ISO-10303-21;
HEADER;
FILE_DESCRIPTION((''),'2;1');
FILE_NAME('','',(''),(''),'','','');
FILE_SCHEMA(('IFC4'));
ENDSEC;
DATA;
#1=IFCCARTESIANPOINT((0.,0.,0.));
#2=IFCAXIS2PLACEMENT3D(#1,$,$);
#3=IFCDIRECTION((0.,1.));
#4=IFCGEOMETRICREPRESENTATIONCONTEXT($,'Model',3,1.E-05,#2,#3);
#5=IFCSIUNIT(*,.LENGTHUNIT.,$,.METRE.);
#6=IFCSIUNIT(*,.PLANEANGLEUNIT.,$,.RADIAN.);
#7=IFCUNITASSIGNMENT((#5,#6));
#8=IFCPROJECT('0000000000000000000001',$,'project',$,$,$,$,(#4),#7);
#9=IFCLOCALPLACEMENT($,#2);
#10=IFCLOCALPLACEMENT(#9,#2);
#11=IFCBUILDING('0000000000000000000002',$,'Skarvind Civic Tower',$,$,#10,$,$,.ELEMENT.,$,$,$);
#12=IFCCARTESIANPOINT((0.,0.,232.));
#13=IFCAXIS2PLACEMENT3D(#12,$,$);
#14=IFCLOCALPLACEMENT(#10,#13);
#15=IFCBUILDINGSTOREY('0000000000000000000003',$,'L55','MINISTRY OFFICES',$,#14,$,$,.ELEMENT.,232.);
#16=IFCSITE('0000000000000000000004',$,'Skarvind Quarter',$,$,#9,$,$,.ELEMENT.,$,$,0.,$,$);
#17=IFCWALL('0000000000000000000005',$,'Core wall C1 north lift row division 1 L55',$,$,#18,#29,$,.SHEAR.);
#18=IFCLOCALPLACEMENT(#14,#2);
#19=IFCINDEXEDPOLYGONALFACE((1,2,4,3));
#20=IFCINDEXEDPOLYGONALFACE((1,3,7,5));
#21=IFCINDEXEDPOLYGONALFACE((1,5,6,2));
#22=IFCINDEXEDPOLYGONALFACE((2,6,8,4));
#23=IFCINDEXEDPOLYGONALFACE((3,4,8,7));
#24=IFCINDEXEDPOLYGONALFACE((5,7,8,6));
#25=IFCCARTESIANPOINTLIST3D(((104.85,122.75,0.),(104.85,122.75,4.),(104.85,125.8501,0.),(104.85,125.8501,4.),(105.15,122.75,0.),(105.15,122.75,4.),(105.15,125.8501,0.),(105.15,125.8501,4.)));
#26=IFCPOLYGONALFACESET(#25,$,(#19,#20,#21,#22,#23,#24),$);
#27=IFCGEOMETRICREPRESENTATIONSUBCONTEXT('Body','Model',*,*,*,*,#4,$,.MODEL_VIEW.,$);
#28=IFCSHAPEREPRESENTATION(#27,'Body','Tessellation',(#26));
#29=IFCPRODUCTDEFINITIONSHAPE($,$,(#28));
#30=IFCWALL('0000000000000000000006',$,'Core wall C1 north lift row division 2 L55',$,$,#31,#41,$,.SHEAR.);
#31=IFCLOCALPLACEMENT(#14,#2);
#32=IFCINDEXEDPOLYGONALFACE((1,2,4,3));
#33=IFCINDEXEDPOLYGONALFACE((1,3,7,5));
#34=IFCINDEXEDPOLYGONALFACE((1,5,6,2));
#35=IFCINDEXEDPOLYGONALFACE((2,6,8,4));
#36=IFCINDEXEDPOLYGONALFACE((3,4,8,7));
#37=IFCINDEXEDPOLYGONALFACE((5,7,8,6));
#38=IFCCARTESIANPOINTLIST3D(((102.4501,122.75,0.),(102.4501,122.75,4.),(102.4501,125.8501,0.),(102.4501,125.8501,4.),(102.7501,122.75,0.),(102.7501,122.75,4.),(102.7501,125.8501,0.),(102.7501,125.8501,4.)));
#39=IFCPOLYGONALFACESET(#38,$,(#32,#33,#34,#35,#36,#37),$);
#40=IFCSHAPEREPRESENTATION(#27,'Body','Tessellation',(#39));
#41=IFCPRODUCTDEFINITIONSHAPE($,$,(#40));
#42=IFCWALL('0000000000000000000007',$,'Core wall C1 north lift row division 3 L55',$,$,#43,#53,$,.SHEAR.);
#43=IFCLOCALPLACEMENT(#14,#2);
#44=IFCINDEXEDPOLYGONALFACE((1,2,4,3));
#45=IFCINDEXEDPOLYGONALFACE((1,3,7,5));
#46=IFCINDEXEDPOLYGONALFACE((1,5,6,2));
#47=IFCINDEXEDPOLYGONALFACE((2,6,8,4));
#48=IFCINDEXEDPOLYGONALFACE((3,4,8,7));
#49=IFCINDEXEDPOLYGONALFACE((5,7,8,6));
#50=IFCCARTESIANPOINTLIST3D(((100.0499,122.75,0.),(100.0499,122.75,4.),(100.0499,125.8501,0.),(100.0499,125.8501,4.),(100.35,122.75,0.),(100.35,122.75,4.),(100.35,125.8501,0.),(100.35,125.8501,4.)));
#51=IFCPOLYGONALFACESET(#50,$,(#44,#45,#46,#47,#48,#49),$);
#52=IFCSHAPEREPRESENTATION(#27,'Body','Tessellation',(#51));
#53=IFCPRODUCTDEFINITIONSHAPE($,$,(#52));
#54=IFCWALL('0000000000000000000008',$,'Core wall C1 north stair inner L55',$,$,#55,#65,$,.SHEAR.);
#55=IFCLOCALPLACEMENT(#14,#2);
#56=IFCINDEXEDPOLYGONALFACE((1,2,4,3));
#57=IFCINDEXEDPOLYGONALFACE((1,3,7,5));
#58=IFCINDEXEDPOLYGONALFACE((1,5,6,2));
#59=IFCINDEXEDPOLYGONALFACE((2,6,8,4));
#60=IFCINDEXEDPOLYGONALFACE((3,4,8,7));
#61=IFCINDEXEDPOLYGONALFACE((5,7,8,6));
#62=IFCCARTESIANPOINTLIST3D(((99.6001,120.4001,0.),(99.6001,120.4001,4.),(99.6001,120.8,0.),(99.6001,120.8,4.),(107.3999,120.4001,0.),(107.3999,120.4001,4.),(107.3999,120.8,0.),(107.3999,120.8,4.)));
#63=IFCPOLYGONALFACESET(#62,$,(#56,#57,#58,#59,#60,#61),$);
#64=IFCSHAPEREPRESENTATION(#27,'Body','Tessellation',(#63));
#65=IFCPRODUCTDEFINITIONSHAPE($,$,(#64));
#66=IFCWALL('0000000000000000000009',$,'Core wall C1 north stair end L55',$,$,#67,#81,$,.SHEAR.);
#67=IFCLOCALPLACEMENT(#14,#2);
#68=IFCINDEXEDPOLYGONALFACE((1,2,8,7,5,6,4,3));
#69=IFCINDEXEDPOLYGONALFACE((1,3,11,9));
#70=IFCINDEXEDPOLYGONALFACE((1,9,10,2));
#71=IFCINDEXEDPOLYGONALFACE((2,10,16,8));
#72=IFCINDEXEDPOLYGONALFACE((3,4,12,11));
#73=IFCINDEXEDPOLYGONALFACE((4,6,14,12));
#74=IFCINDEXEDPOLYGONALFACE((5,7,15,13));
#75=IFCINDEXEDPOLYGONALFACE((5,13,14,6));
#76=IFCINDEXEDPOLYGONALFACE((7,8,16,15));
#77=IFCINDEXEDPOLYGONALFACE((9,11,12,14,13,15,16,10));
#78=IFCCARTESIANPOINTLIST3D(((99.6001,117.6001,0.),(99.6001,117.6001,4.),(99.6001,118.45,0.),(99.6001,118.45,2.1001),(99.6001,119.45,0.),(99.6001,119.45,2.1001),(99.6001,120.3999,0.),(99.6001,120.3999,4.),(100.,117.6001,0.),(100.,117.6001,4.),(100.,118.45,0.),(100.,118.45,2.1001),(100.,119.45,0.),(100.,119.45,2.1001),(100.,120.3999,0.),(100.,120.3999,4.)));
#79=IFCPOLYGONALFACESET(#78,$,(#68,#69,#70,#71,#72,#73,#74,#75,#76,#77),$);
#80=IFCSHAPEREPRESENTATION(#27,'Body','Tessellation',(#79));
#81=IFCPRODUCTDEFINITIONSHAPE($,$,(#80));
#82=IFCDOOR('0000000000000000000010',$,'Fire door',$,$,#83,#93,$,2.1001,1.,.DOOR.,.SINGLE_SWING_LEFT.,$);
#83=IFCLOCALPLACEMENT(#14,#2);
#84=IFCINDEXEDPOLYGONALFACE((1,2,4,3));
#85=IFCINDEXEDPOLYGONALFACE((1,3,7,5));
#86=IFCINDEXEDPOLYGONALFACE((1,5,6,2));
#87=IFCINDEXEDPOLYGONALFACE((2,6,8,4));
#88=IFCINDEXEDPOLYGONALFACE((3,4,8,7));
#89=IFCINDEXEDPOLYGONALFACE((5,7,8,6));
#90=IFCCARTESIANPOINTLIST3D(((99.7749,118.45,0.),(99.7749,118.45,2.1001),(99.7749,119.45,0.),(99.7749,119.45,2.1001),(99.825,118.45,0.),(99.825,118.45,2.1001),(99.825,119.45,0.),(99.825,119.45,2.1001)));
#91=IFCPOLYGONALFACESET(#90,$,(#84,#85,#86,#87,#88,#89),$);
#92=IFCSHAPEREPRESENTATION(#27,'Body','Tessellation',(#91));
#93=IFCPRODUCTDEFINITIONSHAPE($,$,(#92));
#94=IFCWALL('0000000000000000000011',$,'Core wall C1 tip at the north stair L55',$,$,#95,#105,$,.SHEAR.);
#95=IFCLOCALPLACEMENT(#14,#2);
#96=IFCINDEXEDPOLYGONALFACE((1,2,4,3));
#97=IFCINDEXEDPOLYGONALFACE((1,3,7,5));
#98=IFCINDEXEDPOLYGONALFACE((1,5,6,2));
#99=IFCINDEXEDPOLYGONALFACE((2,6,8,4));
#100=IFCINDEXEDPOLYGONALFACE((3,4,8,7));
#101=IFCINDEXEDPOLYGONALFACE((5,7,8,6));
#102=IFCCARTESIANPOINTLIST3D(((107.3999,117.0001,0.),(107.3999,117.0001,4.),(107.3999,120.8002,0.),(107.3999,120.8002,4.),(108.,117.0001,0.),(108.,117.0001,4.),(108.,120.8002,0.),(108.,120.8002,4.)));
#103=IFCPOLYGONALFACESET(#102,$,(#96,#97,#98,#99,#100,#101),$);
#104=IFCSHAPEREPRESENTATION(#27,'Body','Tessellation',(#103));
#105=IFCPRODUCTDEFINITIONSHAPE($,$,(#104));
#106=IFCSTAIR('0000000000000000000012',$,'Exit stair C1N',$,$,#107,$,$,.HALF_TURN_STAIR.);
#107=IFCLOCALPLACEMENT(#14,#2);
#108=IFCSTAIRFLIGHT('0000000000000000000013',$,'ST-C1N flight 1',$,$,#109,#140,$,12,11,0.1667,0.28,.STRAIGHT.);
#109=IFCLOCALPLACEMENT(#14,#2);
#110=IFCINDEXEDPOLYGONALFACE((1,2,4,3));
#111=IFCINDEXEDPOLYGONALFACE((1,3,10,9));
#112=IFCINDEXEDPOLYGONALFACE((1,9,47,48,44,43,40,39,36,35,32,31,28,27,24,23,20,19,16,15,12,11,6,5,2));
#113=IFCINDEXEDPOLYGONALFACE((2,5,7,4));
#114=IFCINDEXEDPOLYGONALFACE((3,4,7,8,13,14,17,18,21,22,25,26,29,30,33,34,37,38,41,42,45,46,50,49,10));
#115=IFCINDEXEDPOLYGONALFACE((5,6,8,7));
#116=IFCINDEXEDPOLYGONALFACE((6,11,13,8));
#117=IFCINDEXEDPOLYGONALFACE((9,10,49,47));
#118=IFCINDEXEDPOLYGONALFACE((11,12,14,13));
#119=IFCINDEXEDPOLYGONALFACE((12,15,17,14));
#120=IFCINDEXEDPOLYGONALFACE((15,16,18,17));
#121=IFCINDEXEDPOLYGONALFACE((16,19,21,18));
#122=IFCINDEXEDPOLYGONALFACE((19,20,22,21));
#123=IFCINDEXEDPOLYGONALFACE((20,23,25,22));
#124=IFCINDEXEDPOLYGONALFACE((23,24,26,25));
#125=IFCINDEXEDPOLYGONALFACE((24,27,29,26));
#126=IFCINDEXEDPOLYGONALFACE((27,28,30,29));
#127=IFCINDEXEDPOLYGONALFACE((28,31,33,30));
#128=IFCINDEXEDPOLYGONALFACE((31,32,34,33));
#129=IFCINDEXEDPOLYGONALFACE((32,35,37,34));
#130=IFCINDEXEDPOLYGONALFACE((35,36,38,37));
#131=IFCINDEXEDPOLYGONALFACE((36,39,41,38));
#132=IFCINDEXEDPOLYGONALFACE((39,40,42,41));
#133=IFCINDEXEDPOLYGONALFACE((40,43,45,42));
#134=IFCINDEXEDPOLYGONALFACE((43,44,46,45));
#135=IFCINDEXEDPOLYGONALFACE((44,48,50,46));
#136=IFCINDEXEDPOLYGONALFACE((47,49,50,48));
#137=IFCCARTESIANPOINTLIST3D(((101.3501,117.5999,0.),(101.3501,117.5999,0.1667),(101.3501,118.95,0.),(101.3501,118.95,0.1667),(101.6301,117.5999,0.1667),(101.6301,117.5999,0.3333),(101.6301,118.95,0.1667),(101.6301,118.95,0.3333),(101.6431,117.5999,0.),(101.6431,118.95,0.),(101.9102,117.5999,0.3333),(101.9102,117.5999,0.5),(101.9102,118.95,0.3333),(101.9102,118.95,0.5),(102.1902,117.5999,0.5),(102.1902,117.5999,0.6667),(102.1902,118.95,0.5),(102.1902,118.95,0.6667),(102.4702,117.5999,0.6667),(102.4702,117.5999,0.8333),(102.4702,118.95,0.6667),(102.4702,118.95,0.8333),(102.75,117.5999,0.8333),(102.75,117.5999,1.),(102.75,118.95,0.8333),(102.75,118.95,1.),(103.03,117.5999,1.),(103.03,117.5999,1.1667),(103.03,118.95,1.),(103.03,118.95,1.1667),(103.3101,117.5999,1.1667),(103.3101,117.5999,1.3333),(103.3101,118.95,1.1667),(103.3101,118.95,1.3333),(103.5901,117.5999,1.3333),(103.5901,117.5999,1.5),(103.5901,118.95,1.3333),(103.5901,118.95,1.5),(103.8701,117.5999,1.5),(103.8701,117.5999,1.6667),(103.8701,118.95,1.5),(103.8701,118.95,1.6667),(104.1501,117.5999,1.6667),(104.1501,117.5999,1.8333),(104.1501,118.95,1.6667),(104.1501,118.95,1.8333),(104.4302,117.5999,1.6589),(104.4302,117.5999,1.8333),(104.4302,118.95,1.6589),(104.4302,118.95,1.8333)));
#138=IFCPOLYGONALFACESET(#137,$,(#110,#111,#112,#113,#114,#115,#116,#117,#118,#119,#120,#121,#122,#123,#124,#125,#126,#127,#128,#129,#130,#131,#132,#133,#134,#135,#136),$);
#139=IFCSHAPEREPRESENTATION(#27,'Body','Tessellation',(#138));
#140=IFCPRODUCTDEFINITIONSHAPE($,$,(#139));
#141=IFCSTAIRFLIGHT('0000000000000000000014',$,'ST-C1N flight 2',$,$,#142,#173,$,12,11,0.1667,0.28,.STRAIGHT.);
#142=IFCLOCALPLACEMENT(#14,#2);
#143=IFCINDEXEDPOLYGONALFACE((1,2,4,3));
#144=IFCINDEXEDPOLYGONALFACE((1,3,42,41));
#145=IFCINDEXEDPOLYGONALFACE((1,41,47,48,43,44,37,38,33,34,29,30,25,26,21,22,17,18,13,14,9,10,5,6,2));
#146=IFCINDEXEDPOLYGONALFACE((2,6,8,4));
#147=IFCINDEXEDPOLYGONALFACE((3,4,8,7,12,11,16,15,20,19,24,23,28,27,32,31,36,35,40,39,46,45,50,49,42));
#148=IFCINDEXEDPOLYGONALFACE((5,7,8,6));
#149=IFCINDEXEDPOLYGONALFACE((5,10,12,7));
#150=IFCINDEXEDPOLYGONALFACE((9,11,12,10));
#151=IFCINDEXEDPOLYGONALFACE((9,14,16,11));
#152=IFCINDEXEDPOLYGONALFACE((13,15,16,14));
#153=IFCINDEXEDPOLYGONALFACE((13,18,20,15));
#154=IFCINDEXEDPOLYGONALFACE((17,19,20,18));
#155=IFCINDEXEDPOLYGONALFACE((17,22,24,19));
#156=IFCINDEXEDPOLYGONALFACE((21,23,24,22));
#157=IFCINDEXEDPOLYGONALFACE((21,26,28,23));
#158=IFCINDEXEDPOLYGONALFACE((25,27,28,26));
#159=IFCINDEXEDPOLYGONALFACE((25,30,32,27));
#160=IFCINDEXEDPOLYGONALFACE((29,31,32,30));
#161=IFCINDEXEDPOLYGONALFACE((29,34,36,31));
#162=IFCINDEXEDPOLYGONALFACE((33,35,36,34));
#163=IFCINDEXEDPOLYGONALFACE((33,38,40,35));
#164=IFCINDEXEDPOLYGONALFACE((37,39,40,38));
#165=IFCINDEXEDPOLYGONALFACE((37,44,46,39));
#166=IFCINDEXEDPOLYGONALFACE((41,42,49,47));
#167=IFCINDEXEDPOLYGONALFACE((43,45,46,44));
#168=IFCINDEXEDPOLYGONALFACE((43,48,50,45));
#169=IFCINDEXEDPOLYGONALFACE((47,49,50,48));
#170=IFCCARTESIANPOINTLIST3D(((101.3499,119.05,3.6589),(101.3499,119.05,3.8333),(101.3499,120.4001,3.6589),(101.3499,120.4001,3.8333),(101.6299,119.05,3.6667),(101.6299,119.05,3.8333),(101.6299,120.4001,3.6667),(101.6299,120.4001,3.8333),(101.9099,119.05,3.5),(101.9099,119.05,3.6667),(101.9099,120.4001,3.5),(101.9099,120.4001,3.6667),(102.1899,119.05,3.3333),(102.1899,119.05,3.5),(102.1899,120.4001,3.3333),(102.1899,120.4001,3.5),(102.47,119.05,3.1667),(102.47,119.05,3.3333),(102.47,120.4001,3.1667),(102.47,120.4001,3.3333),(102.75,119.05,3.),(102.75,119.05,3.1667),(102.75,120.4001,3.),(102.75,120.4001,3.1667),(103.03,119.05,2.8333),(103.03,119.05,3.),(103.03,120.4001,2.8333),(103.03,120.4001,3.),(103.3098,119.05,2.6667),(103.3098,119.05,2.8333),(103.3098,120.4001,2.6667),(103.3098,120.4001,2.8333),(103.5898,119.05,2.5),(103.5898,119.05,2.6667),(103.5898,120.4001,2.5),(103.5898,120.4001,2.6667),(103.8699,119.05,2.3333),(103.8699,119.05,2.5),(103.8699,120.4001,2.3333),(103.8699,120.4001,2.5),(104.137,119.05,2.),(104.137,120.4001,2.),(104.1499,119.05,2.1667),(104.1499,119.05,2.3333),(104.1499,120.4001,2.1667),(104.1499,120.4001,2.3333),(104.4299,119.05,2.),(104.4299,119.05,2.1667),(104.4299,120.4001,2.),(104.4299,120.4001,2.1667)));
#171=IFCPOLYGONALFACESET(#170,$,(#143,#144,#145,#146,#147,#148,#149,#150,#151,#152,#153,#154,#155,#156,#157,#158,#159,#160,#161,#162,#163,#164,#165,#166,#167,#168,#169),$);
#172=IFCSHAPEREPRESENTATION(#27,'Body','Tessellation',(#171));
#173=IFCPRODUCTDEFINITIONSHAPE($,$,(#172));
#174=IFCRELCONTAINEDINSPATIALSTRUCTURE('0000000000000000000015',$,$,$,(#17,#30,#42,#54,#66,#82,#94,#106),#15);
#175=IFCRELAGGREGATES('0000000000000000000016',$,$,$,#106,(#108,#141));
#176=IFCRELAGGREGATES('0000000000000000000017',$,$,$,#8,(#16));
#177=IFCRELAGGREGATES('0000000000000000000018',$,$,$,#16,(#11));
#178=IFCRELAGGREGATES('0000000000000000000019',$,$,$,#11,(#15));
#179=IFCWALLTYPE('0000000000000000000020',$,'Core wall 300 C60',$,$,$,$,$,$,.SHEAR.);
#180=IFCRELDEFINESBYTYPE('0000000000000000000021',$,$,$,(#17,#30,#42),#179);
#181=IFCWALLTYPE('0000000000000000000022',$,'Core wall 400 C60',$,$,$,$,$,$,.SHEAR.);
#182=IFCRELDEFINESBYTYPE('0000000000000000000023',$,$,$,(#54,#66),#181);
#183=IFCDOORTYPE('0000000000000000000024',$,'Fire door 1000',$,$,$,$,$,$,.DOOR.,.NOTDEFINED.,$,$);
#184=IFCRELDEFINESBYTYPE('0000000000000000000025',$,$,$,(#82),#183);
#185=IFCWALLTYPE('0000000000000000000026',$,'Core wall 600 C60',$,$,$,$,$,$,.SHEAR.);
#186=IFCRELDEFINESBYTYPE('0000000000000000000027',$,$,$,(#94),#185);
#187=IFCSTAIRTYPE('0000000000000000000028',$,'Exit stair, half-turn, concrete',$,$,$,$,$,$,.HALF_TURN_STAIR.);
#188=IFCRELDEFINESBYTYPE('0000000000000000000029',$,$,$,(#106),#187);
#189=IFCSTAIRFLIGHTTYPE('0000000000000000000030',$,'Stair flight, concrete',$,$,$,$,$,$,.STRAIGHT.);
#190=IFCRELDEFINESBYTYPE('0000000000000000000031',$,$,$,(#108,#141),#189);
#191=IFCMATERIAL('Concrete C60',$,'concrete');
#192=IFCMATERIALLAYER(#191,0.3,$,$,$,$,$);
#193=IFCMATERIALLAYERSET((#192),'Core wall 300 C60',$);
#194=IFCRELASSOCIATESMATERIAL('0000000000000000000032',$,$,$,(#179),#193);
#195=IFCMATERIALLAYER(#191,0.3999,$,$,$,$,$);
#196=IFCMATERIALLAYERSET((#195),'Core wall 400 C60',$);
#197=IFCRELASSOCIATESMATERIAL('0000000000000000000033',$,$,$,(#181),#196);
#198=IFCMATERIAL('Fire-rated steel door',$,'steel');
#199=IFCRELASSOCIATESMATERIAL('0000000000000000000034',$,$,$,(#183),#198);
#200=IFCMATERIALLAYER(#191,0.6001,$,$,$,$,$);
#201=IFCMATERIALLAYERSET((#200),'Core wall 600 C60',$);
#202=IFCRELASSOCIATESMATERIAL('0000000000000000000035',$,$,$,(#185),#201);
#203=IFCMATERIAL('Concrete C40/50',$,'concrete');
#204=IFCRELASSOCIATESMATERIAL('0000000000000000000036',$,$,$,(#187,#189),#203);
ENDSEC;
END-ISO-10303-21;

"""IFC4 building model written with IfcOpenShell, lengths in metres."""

from ifc_helpers import new_model, si_unit, direction, frame, frame_2d, origin, place, context, subcontext, project, spatial, polyline, rectangle, outline, extrude, material, layer, layer_set, type_object, element, fill, aggregate, save


model = new_model("IFC4")

# Units and contexts
model_context = context("Model", 3, precision=1e-05, world=origin(), true_north=direction((0.0, 1.0)))
body_context = subcontext(model_context, "Body", "Model", "MODEL_VIEW")
ifc_project = project(units=[si_unit("LENGTHUNIT", "METRE"), si_unit("PLANEANGLEUNIT", "RADIAN")], contexts=[model_context])

# Site, building, storey
site_placement = place(None, origin())
site = spatial("IfcSite", under=ifc_project, at=site_placement, Name="Skarvind Quarter", CompositionType="ELEMENT", RefElevation=0.0)
building_placement = place(site_placement, origin())
building = spatial("IfcBuilding", under=site, at=building_placement, Name="Skarvind Civic Tower", CompositionType="ELEMENT")
storey_placement = place(building_placement, frame((0.0, 0.0, 232.0)))
storey = spatial("IfcBuildingStorey", under=building, at=storey_placement, Name="L55", Description="MINISTRY OFFICES", CompositionType="ELEMENT", Elevation=232.0)

# Shared definitions
ifc_material_1 = material(Name="Concrete C60", Category="concrete")
ifc_layer_1 = layer(ifc_material_1, 0.3)
ifc_layer_set_1 = layer_set([ifc_layer_1], Name="Core wall 300 C60")
wall_type_1 = type_object("IfcWallType", Name="Core wall 300 C60", PredefinedType="SHEAR", material=ifc_layer_set_1)
ifc_material_2 = material(Name="Fire-rated steel door", Category="steel")

# Walls
for number, where, z_axis, x_axis, name in (
    (1, (105.0, 125.8501, 0.0), (0.0, 0.0, 1.0), (0.0, -1.0, 0.0), "Core wall C1 north lift row division 1 L55"),
    (2, (102.6001, 125.8501, 0.0), (0.0, 0.0, 1.0), (0.0, -1.0, 0.0), "Core wall C1 north lift row division 2 L55"),
    (3, (100.2, 125.8501, 0.0), (0.0, 0.0, 1.0), (0.0, -1.0, 0.0), "Core wall C1 north lift row division 3 L55"),
):
    element("IfcWall", number, at=place(storey_placement, frame(where, z_axis=z_axis, x_axis=x_axis)), inside=storey, type_object=wall_type_1, Name=name, PredefinedType="SHEAR", context=body_context, shape_type="SweptSolid", body=[
        extrude(rectangle(XDim=3.1001, YDim=0.3, at=frame_2d((1.55, 0.0))), origin(), (0.0, 0.0, 1.0), 4.0),
    ])
ifc_layer_2 = layer(ifc_material_1, 0.3999)
ifc_layer_set_2 = layer_set([ifc_layer_2], Name="Core wall 400 C60")
wall_type_2 = type_object("IfcWallType", Name="Core wall 400 C60", PredefinedType="SHEAR", material=ifc_layer_set_2)
wall_1_placement = place(storey_placement, frame((107.3999, 120.6001, 0.0), z_axis=(0.0, 0.0, 1.0), x_axis=(-1.0, 0.0, 0.0)))
element("IfcWall", 4, at=wall_1_placement, inside=storey, type_object=wall_type_2, Name="Core wall C1 north stair inner L55", PredefinedType="SHEAR", context=body_context, shape_type="SweptSolid", body=[
    extrude(rectangle(XDim=7.7998, YDim=0.3999, at=frame_2d((3.8999, 0.0))), origin(), (0.0, 0.0, 1.0), 4.0),
])

# Wall, opening, door
wall_2_placement = place(storey_placement, frame((99.8, 120.3999, 0.0), z_axis=(0.0, 0.0, 1.0), x_axis=(0.0, -1.0, 0.0)))
wall_2 = element("IfcWall", 5, at=wall_2_placement, inside=storey, type_object=wall_type_2, Name="Core wall C1 north stair end L55", PredefinedType="SHEAR", context=body_context, shape_type="SweptSolid", body=[
    extrude(rectangle(XDim=2.7998, YDim=0.3999, at=frame_2d((1.3999, 0.0))), origin(), (0.0, 0.0, 1.0), 4.0),
])
opening_1_placement = place(wall_2_placement, frame((0.95, 0.0, 0.0)))
opening_1 = element("IfcOpeningElement", 6, at=opening_1_placement, cuts=wall_2, PredefinedType="OPENING", context=body_context, shape_type="SweptSolid", body=[
    extrude(rectangle(XDim=1.0, YDim=2.1001, at=frame_2d((0.5, 1.05))), frame((0.0, 0.21, 0.0), z_axis=(0.0, -1.0, 0.0), x_axis=(1.0, 0.0, 0.0)), (0.0, 0.0, 1.0), 0.4199),
])
door_type_1 = type_object("IfcDoorType", Name="Fire door 1000", OperationType="NOTDEFINED", PredefinedType="DOOR", material=ifc_material_2)
door_1_placement = place(opening_1_placement, origin())
door_1 = element("IfcDoor", 7, at=door_1_placement, inside=storey, type_object=door_type_1, Name="Fire door", OperationType="SINGLE_SWING_LEFT", OverallHeight=2.1001, OverallWidth=1.0, PredefinedType="DOOR", context=body_context, shape_type="SweptSolid", body=[
    extrude(rectangle(XDim=1.0, YDim=2.1001, at=frame_2d((0.5, 1.05))), frame((0.0, 0.0249, 0.0), z_axis=(0.0, -1.0, 0.0), x_axis=(1.0, 0.0, 0.0)), (0.0, 0.0, 1.0), 0.05),
])
fill(opening_1, door_1)

# Wall
ifc_layer_3 = layer(ifc_material_1, 0.6001)
ifc_layer_set_3 = layer_set([ifc_layer_3], Name="Core wall 600 C60")
wall_type_3 = type_object("IfcWallType", Name="Core wall 600 C60", PredefinedType="SHEAR", material=ifc_layer_set_3)
wall_3_placement = place(storey_placement, frame((107.7, 120.8, 0.0), z_axis=(0.0, 0.0, 1.0), x_axis=(0.0, -1.0, 0.0)))
element("IfcWall", 8, at=wall_3_placement, inside=storey, type_object=wall_type_3, Name="Core wall C1 tip at the north stair L55", PredefinedType="SHEAR", context=body_context, shape_type="SweptSolid", body=[
    extrude(rectangle(XDim=3.8, YDim=0.6001, at=frame_2d((1.8999, 0.0))), origin(), (0.0, 0.0, 1.0), 4.0),
])

# Stair, stair flights
ifc_material_3 = material(Name="Concrete C40/50", Category="concrete")
stair_type = type_object("IfcStairType", Name="Exit stair, half-turn, concrete", PredefinedType="HALF_TURN_STAIR", material=ifc_material_3)
stair_placement = place(storey_placement, origin())
stair = element("IfcStair", 9, at=stair_placement, inside=storey, type_object=stair_type, Name="Exit stair C1N", PredefinedType="HALF_TURN_STAIR")
stair_flight_type = type_object("IfcStairFlightType", Name="Stair flight, concrete", PredefinedType="STRAIGHT", material=ifc_material_3)
stair_flight_1_placement = place(storey_placement, frame((101.3501, 118.2749, 0.0), z_axis=(0.0, 0.0, 1.0), x_axis=(1.0, 0.0, 0.0)))
stair_flight_1 = element("IfcStairFlight", 10, at=stair_flight_1_placement, type_object=stair_flight_type, Name="ST-C1N flight 1", NumberOfRisers=12, NumberOfTreads=11, PredefinedType="STRAIGHT", RiserHeight=0.1667, TreadLength=0.28, context=body_context, shape_type="SweptSolid", body=[
    extrude(outline(polyline([(0.0, 0.0), (0.0, 0.1667), (0.28, 0.1667), (0.28, 0.3333), (0.5601, 0.3333), (0.5601, 0.5), (0.8401, 0.5), (0.8401, 0.6667), (1.1201, 0.6667), (1.1201, 0.8333), (1.3999, 0.8333), (1.3999, 1.0), (1.6799, 1.0), (1.6799, 1.1667), (1.96, 1.1667), (1.96, 1.3333), (2.24, 1.3333), (2.24, 1.5), (2.52, 1.5), (2.52, 1.6667), (2.8, 1.6667), (2.8, 1.8333), (3.0801, 1.8333), (3.0801, 2.0), (3.0801, 1.6589), (0.293, 0.0), (0.0, 0.0)])), frame((0.0, 0.675, 0.0), z_axis=(0.0, -1.0, 0.0), x_axis=(1.0, 0.0, 0.0)), (0.0, 0.0, 1.0), 1.3501),
])
stair_flight_2_placement = place(storey_placement, frame((104.4299, 119.7251, 2.0), z_axis=(0.0, 0.0, 1.0), x_axis=(-1.0, 0.0, 0.0)))
stair_flight_2 = element("IfcStairFlight", 11, at=stair_flight_2_placement, type_object=stair_flight_type, Name="ST-C1N flight 2", NumberOfRisers=12, NumberOfTreads=11, PredefinedType="STRAIGHT", RiserHeight=0.1667, TreadLength=0.28, context=body_context, shape_type="SweptSolid", body=[
    extrude(outline(polyline([(0.0, 0.0), (0.0, 0.1667), (0.28, 0.1667), (0.28, 0.3333), (0.5601, 0.3333), (0.5601, 0.5), (0.8401, 0.5), (0.8401, 0.6667), (1.1201, 0.6667), (1.1201, 0.8333), (1.3999, 0.8333), (1.3999, 1.0), (1.6799, 1.0), (1.6799, 1.1667), (1.96, 1.1667), (1.96, 1.3333), (2.24, 1.3333), (2.24, 1.5), (2.52, 1.5), (2.52, 1.6667), (2.8, 1.6667), (2.8, 1.8333), (3.0801, 1.8333), (3.0801, 2.0), (3.0801, 1.6589), (0.293, 0.0), (0.0, 0.0)])), frame((0.0, 0.675, 0.0), z_axis=(0.0, -1.0, 0.0), x_axis=(1.0, 0.0, 0.0)), (0.0, 0.0, 1.0), 1.3501),
])
aggregate(stair, [stair_flight_1, stair_flight_2])

save(model, "model.ifc")
